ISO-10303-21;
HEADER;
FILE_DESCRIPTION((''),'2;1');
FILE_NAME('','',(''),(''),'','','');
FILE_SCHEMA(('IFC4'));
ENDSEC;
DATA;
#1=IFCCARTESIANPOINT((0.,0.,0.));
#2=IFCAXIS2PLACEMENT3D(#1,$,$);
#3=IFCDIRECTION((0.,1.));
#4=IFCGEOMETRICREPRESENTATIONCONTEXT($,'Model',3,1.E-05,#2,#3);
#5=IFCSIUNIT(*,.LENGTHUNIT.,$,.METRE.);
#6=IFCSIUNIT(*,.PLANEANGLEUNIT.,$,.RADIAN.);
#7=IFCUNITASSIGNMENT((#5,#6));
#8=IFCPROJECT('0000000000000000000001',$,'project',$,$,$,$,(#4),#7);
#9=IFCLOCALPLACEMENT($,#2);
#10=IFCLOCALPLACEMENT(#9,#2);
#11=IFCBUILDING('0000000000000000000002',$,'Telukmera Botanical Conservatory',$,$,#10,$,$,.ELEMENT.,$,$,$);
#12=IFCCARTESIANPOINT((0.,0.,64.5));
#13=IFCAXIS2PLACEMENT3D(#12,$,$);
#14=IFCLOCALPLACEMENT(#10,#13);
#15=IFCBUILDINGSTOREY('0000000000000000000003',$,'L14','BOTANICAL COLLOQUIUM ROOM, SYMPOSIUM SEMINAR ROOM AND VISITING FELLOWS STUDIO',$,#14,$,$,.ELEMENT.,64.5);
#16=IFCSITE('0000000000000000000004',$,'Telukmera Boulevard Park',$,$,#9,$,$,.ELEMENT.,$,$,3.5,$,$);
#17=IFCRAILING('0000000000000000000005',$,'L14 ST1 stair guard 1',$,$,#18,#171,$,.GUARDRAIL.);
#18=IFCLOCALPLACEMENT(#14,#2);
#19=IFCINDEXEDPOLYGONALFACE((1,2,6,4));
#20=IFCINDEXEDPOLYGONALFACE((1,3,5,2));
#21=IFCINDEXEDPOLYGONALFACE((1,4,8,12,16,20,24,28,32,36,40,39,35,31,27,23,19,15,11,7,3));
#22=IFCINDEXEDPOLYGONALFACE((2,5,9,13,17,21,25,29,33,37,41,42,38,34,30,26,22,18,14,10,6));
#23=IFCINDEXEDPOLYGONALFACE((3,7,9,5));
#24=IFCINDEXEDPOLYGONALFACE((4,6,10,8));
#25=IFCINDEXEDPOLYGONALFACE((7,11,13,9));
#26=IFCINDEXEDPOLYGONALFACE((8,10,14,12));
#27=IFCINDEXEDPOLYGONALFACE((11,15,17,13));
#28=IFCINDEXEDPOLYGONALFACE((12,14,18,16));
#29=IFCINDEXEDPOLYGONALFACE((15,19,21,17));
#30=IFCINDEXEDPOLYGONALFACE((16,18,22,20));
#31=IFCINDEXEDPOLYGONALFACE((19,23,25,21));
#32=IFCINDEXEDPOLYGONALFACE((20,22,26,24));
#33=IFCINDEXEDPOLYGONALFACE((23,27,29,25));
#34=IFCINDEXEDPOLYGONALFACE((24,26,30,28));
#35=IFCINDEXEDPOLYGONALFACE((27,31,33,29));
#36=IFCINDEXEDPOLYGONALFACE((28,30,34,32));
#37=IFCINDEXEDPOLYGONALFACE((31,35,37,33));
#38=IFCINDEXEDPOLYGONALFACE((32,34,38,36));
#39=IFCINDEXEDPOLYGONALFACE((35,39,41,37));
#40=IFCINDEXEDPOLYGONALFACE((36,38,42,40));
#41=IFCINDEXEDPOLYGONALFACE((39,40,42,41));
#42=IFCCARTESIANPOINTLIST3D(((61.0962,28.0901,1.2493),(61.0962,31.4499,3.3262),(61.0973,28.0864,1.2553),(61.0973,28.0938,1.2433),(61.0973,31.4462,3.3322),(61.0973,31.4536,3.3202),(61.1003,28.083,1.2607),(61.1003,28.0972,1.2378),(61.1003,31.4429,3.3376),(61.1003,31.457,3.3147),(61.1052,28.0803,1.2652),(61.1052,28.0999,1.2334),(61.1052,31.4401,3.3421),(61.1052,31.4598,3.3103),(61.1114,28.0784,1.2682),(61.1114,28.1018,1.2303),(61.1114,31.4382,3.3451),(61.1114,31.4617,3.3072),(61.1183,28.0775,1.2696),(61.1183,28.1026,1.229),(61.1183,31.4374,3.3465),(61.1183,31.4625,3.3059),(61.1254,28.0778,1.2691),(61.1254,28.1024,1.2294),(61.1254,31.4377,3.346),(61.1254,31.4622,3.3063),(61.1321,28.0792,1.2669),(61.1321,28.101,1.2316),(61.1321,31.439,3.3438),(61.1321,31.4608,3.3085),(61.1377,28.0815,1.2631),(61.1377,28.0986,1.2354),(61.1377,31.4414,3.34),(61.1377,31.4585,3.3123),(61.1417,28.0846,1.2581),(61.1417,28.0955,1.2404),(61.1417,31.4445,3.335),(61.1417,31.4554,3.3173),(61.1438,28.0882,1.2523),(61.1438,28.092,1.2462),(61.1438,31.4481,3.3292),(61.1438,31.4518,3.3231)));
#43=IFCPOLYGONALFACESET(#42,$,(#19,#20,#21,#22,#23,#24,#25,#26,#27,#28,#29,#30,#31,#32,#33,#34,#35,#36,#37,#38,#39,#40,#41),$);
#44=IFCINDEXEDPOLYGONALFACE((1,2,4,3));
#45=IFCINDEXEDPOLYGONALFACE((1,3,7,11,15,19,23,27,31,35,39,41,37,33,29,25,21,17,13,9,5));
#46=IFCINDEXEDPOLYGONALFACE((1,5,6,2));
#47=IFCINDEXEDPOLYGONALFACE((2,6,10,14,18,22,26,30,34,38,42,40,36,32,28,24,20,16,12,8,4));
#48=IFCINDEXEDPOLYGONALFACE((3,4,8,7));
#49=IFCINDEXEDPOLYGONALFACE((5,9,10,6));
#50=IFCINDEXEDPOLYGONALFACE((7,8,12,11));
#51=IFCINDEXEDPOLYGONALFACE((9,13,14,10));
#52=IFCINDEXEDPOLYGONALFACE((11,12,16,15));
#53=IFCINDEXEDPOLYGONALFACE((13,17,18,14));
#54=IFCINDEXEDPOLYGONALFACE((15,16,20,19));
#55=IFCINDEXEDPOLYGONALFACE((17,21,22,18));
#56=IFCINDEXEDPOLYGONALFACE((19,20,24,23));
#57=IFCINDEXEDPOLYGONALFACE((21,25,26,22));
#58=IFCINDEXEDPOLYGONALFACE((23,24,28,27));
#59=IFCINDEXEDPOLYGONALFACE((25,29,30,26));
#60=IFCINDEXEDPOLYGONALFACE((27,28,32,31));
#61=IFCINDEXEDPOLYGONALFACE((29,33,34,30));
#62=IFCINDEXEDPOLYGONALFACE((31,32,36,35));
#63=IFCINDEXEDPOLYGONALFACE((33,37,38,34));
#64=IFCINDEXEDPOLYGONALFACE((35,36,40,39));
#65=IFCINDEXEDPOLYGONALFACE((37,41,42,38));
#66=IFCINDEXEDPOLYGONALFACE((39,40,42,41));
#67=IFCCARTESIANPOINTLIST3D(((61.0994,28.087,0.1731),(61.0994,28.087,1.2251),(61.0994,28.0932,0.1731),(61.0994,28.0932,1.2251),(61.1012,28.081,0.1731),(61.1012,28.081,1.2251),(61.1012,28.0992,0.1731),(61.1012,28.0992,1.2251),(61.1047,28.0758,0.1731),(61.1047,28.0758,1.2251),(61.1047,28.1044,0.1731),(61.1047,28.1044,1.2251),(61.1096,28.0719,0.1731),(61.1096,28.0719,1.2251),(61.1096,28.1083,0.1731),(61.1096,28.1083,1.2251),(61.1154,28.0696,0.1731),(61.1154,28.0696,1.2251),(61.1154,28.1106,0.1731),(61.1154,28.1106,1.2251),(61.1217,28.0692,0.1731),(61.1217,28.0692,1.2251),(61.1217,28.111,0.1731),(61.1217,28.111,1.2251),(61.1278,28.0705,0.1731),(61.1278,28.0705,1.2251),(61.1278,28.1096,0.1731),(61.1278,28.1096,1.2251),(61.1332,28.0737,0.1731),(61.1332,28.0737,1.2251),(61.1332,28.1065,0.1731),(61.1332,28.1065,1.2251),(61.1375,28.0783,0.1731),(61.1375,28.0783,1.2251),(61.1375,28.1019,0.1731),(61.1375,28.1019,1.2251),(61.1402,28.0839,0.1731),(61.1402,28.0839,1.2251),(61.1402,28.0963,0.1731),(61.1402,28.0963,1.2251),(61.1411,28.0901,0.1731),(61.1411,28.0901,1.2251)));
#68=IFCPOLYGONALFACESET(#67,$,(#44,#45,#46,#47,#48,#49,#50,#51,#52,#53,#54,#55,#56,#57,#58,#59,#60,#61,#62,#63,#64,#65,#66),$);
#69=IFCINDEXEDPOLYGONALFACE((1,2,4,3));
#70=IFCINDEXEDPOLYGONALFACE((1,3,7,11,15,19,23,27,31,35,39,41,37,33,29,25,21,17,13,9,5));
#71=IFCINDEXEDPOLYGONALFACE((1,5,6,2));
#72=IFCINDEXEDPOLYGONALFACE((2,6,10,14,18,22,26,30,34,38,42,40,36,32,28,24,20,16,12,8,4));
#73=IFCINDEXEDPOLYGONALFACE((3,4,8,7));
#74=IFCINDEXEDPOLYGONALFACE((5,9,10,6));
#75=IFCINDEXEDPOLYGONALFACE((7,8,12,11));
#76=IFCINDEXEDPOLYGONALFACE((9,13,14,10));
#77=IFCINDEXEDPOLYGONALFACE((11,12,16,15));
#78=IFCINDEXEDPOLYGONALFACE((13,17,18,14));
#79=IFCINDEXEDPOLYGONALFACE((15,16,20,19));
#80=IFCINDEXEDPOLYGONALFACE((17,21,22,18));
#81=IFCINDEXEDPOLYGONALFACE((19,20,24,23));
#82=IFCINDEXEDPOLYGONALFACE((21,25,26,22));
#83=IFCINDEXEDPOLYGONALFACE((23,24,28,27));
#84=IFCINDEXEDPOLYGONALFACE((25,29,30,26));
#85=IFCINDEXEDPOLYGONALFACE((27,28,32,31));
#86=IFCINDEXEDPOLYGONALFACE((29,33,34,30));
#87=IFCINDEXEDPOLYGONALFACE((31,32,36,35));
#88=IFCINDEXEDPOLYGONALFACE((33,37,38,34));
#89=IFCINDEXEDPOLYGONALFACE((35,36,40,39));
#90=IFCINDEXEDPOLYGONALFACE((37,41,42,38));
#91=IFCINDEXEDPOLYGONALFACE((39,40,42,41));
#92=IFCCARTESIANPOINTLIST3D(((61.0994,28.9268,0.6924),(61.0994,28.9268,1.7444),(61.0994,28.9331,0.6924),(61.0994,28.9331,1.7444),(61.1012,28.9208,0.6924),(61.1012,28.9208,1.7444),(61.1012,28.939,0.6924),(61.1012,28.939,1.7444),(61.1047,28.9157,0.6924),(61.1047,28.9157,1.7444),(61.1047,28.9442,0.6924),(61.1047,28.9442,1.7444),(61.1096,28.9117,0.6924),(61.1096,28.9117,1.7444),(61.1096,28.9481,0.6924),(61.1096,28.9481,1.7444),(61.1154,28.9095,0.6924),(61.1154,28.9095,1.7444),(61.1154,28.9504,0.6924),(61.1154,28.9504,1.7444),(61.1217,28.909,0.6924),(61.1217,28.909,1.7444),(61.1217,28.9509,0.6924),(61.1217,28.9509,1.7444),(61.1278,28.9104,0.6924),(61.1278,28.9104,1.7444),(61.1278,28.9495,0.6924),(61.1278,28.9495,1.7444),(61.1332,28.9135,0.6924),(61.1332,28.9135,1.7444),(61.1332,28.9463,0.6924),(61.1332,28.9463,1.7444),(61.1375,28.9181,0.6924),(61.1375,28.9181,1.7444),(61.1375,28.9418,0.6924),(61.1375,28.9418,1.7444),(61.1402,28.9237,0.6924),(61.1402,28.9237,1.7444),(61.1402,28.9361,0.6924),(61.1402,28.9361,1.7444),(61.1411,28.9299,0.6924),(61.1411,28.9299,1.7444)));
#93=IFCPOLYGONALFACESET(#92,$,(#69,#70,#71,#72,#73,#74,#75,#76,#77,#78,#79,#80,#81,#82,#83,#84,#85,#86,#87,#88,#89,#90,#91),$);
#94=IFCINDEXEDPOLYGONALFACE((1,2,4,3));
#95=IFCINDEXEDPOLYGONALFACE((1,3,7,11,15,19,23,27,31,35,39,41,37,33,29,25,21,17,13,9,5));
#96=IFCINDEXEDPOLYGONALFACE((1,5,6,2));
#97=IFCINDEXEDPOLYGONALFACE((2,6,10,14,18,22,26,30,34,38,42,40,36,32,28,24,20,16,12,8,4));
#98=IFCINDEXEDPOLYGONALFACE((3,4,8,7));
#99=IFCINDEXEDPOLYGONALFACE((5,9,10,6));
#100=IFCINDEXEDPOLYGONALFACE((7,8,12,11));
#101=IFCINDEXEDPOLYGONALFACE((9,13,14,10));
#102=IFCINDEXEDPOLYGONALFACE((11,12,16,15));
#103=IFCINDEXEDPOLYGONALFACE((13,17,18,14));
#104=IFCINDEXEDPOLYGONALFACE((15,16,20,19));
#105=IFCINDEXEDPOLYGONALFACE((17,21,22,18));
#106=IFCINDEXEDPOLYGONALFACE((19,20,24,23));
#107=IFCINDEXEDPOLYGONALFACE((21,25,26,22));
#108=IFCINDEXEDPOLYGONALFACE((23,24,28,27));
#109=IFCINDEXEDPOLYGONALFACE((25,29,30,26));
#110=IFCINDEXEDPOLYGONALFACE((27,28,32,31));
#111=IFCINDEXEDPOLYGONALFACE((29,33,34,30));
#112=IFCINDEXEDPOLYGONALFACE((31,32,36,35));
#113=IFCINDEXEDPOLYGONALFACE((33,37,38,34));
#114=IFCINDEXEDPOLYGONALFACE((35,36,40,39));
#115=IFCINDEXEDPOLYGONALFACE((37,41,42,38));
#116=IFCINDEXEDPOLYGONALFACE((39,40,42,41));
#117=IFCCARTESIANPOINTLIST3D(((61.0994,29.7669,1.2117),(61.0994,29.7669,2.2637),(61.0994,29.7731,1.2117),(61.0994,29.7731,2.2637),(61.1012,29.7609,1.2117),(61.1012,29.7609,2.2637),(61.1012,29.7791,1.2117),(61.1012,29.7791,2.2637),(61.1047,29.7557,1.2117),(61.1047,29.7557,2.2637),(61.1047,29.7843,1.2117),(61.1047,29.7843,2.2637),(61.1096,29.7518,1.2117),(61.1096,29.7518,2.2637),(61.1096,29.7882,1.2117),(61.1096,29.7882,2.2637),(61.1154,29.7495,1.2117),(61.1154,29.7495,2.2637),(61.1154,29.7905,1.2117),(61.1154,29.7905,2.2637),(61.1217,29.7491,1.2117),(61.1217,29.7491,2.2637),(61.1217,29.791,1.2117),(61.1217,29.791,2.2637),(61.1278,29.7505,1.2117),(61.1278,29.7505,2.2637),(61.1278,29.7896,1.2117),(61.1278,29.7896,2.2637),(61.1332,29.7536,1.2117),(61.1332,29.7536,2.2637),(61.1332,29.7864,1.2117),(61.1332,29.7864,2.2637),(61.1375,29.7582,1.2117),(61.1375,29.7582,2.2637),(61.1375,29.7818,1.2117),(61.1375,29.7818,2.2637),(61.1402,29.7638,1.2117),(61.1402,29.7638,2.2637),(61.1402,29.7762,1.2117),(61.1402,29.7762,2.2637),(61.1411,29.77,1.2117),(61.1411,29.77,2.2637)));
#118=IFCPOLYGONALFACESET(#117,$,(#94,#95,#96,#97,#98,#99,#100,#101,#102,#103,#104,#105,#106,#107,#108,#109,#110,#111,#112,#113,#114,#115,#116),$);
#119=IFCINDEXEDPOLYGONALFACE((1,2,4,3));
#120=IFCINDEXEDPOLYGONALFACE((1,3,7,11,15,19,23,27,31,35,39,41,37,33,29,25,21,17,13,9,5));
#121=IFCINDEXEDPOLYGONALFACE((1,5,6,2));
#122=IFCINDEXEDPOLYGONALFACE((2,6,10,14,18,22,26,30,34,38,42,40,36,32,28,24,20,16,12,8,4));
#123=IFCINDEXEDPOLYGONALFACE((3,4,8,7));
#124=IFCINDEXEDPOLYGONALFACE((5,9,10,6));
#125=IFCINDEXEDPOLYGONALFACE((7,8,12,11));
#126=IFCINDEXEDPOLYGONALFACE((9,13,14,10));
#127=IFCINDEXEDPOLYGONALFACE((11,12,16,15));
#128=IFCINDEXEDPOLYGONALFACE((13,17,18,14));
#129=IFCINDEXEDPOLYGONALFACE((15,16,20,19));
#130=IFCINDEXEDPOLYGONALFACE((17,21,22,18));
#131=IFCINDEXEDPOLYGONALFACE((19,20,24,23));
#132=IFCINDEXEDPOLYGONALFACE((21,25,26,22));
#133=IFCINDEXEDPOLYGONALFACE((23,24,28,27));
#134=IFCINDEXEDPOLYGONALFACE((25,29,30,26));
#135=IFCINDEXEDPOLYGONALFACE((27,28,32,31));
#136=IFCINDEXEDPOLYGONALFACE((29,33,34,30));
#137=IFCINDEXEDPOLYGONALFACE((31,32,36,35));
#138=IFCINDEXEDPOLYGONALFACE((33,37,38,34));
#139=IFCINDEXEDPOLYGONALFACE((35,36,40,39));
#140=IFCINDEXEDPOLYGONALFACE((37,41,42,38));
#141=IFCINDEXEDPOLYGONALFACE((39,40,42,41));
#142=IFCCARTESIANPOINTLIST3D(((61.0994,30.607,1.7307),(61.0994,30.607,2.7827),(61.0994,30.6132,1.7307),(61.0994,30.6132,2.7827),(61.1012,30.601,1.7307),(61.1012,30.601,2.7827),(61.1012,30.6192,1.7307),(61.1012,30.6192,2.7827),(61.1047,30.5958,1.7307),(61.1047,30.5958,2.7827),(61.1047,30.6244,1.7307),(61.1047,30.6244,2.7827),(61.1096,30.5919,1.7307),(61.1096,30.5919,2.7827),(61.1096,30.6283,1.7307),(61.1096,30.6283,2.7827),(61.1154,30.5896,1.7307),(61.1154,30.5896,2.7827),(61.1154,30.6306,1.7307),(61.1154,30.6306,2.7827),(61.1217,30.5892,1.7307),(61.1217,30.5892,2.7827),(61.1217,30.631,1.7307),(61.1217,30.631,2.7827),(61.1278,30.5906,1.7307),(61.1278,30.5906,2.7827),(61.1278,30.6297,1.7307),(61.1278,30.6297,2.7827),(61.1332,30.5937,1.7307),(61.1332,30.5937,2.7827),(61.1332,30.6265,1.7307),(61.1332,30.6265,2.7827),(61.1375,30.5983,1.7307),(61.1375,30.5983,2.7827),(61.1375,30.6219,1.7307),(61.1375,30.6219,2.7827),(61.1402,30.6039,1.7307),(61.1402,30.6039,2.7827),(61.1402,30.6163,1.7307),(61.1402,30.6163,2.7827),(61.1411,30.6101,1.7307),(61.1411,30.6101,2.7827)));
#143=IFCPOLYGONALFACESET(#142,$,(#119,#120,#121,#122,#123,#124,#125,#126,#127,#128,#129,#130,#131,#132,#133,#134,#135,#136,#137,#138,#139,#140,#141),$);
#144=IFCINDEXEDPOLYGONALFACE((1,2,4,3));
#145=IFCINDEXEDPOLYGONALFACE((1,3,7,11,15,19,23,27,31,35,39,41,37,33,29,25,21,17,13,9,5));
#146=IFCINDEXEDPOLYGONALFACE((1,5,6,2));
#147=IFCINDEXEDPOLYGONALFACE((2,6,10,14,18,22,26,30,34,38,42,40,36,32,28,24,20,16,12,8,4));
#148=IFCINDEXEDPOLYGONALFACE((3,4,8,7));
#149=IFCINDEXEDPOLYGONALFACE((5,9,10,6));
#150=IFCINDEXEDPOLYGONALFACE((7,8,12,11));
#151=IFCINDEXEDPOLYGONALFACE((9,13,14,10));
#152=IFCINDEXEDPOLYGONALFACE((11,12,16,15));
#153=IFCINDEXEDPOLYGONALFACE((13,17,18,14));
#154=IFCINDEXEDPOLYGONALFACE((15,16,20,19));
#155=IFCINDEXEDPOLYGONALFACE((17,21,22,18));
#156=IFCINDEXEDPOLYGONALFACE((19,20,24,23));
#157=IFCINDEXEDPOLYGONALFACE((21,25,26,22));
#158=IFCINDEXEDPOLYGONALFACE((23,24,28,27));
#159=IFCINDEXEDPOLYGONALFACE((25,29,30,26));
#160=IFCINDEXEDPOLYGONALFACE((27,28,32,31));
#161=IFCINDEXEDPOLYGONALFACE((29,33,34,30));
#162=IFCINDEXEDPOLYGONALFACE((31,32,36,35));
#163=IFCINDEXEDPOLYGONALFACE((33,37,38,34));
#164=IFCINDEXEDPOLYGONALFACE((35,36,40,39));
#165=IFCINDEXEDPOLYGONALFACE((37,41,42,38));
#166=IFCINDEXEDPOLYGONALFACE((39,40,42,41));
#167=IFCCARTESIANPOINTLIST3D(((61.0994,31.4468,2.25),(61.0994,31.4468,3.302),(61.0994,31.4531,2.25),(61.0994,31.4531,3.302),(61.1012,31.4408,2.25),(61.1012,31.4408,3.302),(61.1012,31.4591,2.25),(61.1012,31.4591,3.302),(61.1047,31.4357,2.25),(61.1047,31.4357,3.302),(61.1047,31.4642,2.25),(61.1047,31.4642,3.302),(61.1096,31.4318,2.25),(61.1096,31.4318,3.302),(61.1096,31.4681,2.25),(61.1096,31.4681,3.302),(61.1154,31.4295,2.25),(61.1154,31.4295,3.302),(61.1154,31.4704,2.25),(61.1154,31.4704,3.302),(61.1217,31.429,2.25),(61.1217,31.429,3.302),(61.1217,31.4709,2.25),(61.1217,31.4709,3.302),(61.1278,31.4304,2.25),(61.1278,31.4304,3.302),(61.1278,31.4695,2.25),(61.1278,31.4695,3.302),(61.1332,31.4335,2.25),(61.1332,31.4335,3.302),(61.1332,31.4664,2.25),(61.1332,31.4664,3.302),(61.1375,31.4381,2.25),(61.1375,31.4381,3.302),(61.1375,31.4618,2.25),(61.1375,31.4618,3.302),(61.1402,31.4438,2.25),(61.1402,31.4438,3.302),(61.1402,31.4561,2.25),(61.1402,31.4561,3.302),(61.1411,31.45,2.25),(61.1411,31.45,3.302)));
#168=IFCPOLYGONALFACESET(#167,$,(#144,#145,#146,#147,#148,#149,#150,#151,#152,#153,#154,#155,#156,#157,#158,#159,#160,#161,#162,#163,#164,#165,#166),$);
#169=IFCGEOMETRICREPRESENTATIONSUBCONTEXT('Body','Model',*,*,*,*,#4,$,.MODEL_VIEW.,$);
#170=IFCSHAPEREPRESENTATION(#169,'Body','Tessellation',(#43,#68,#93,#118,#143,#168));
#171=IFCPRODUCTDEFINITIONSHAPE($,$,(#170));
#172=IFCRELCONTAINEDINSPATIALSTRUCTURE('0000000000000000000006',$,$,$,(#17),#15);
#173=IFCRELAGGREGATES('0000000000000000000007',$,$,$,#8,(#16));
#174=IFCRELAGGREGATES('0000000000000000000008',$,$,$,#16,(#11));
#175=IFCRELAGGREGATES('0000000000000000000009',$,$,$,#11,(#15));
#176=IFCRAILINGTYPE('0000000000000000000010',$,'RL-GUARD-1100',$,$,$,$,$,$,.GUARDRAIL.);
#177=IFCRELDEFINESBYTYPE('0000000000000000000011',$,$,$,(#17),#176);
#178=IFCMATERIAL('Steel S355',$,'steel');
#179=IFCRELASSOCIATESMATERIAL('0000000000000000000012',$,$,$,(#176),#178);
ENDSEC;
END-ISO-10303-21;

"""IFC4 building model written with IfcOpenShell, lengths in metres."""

from ifc_helpers import new_model, si_unit, direction, frame, origin, origin_2d, place, context, subcontext, project, spatial, circle, extrude, material, type_object, element, save


model = new_model("IFC4")

# Units and contexts
model_context = context("Model", 3, precision=1e-05, world=origin(), true_north=direction((0.0, 1.0)))
body_context = subcontext(model_context, "Body", "Model", "MODEL_VIEW")
ifc_project = project(units=[si_unit("LENGTHUNIT", "METRE"), si_unit("PLANEANGLEUNIT", "RADIAN")], contexts=[model_context])

# Site, building, storey
site_placement = place(None, origin())
site = spatial("IfcSite", under=ifc_project, at=site_placement, Name="Telukmera Boulevard Park", CompositionType="ELEMENT", RefElevation=3.5)
building_placement = place(site_placement, origin())
building = spatial("IfcBuilding", under=site, at=building_placement, Name="Telukmera Botanical Conservatory", CompositionType="ELEMENT")
storey_placement = place(building_placement, frame((0.0, 0.0, 64.5)))
storey = spatial("IfcBuildingStorey", under=building, at=storey_placement, Name="L14", Description="BOTANICAL COLLOQUIUM ROOM, SYMPOSIUM SEMINAR ROOM AND VISITING FELLOWS STUDIO", CompositionType="ELEMENT", Elevation=64.5)

# Railing
ifc_material_1 = material(Name="Steel S355", Category="steel")
railing_type_1 = type_object("IfcRailingType", Name="RL-GUARD-1100", PredefinedType="GUARDRAIL", material=ifc_material_1)
railing_1_placement = place(storey_placement, frame((61.1201, 28.0901, 0.1731)))
element("IfcRailing", 1, at=railing_1_placement, inside=storey, type_object=railing_type_1, Name="L14 ST1 stair guard 1", PredefinedType="GUARDRAIL", context=body_context, shape_type="SweptSolid", body=[
    extrude(circle(Radius=0.0239, at=origin_2d()), frame((0.0, 0.0, 1.0762), z_axis=(0.0, 0.850606, 0.525803), x_axis=(-1.0, 0.0, 0.0)), (0.0, 0.0, 1.0), 3.95),
    extrude(circle(Radius=0.021, at=origin_2d()), origin(), (0.0, 0.0, 1.0), 1.052),
    extrude(circle(Radius=0.021, at=origin_2d()), frame((0.0, 0.8398, 0.5193)), (0.0, 0.0, 1.0), 1.052),
    extrude(circle(Radius=0.021, at=origin_2d()), frame((0.0, 1.6799, 1.0386)), (0.0, 0.0, 1.0), 1.052),
    extrude(circle(Radius=0.021, at=origin_2d()), frame((0.0, 2.52, 1.5576)), (0.0, 0.0, 1.0), 1.052),
    extrude(circle(Radius=0.021, at=origin_2d()), frame((0.0, 3.3599, 2.0769)), (0.0, 0.0, 1.0), 1.052),
])

save(model, "model.ifc")
